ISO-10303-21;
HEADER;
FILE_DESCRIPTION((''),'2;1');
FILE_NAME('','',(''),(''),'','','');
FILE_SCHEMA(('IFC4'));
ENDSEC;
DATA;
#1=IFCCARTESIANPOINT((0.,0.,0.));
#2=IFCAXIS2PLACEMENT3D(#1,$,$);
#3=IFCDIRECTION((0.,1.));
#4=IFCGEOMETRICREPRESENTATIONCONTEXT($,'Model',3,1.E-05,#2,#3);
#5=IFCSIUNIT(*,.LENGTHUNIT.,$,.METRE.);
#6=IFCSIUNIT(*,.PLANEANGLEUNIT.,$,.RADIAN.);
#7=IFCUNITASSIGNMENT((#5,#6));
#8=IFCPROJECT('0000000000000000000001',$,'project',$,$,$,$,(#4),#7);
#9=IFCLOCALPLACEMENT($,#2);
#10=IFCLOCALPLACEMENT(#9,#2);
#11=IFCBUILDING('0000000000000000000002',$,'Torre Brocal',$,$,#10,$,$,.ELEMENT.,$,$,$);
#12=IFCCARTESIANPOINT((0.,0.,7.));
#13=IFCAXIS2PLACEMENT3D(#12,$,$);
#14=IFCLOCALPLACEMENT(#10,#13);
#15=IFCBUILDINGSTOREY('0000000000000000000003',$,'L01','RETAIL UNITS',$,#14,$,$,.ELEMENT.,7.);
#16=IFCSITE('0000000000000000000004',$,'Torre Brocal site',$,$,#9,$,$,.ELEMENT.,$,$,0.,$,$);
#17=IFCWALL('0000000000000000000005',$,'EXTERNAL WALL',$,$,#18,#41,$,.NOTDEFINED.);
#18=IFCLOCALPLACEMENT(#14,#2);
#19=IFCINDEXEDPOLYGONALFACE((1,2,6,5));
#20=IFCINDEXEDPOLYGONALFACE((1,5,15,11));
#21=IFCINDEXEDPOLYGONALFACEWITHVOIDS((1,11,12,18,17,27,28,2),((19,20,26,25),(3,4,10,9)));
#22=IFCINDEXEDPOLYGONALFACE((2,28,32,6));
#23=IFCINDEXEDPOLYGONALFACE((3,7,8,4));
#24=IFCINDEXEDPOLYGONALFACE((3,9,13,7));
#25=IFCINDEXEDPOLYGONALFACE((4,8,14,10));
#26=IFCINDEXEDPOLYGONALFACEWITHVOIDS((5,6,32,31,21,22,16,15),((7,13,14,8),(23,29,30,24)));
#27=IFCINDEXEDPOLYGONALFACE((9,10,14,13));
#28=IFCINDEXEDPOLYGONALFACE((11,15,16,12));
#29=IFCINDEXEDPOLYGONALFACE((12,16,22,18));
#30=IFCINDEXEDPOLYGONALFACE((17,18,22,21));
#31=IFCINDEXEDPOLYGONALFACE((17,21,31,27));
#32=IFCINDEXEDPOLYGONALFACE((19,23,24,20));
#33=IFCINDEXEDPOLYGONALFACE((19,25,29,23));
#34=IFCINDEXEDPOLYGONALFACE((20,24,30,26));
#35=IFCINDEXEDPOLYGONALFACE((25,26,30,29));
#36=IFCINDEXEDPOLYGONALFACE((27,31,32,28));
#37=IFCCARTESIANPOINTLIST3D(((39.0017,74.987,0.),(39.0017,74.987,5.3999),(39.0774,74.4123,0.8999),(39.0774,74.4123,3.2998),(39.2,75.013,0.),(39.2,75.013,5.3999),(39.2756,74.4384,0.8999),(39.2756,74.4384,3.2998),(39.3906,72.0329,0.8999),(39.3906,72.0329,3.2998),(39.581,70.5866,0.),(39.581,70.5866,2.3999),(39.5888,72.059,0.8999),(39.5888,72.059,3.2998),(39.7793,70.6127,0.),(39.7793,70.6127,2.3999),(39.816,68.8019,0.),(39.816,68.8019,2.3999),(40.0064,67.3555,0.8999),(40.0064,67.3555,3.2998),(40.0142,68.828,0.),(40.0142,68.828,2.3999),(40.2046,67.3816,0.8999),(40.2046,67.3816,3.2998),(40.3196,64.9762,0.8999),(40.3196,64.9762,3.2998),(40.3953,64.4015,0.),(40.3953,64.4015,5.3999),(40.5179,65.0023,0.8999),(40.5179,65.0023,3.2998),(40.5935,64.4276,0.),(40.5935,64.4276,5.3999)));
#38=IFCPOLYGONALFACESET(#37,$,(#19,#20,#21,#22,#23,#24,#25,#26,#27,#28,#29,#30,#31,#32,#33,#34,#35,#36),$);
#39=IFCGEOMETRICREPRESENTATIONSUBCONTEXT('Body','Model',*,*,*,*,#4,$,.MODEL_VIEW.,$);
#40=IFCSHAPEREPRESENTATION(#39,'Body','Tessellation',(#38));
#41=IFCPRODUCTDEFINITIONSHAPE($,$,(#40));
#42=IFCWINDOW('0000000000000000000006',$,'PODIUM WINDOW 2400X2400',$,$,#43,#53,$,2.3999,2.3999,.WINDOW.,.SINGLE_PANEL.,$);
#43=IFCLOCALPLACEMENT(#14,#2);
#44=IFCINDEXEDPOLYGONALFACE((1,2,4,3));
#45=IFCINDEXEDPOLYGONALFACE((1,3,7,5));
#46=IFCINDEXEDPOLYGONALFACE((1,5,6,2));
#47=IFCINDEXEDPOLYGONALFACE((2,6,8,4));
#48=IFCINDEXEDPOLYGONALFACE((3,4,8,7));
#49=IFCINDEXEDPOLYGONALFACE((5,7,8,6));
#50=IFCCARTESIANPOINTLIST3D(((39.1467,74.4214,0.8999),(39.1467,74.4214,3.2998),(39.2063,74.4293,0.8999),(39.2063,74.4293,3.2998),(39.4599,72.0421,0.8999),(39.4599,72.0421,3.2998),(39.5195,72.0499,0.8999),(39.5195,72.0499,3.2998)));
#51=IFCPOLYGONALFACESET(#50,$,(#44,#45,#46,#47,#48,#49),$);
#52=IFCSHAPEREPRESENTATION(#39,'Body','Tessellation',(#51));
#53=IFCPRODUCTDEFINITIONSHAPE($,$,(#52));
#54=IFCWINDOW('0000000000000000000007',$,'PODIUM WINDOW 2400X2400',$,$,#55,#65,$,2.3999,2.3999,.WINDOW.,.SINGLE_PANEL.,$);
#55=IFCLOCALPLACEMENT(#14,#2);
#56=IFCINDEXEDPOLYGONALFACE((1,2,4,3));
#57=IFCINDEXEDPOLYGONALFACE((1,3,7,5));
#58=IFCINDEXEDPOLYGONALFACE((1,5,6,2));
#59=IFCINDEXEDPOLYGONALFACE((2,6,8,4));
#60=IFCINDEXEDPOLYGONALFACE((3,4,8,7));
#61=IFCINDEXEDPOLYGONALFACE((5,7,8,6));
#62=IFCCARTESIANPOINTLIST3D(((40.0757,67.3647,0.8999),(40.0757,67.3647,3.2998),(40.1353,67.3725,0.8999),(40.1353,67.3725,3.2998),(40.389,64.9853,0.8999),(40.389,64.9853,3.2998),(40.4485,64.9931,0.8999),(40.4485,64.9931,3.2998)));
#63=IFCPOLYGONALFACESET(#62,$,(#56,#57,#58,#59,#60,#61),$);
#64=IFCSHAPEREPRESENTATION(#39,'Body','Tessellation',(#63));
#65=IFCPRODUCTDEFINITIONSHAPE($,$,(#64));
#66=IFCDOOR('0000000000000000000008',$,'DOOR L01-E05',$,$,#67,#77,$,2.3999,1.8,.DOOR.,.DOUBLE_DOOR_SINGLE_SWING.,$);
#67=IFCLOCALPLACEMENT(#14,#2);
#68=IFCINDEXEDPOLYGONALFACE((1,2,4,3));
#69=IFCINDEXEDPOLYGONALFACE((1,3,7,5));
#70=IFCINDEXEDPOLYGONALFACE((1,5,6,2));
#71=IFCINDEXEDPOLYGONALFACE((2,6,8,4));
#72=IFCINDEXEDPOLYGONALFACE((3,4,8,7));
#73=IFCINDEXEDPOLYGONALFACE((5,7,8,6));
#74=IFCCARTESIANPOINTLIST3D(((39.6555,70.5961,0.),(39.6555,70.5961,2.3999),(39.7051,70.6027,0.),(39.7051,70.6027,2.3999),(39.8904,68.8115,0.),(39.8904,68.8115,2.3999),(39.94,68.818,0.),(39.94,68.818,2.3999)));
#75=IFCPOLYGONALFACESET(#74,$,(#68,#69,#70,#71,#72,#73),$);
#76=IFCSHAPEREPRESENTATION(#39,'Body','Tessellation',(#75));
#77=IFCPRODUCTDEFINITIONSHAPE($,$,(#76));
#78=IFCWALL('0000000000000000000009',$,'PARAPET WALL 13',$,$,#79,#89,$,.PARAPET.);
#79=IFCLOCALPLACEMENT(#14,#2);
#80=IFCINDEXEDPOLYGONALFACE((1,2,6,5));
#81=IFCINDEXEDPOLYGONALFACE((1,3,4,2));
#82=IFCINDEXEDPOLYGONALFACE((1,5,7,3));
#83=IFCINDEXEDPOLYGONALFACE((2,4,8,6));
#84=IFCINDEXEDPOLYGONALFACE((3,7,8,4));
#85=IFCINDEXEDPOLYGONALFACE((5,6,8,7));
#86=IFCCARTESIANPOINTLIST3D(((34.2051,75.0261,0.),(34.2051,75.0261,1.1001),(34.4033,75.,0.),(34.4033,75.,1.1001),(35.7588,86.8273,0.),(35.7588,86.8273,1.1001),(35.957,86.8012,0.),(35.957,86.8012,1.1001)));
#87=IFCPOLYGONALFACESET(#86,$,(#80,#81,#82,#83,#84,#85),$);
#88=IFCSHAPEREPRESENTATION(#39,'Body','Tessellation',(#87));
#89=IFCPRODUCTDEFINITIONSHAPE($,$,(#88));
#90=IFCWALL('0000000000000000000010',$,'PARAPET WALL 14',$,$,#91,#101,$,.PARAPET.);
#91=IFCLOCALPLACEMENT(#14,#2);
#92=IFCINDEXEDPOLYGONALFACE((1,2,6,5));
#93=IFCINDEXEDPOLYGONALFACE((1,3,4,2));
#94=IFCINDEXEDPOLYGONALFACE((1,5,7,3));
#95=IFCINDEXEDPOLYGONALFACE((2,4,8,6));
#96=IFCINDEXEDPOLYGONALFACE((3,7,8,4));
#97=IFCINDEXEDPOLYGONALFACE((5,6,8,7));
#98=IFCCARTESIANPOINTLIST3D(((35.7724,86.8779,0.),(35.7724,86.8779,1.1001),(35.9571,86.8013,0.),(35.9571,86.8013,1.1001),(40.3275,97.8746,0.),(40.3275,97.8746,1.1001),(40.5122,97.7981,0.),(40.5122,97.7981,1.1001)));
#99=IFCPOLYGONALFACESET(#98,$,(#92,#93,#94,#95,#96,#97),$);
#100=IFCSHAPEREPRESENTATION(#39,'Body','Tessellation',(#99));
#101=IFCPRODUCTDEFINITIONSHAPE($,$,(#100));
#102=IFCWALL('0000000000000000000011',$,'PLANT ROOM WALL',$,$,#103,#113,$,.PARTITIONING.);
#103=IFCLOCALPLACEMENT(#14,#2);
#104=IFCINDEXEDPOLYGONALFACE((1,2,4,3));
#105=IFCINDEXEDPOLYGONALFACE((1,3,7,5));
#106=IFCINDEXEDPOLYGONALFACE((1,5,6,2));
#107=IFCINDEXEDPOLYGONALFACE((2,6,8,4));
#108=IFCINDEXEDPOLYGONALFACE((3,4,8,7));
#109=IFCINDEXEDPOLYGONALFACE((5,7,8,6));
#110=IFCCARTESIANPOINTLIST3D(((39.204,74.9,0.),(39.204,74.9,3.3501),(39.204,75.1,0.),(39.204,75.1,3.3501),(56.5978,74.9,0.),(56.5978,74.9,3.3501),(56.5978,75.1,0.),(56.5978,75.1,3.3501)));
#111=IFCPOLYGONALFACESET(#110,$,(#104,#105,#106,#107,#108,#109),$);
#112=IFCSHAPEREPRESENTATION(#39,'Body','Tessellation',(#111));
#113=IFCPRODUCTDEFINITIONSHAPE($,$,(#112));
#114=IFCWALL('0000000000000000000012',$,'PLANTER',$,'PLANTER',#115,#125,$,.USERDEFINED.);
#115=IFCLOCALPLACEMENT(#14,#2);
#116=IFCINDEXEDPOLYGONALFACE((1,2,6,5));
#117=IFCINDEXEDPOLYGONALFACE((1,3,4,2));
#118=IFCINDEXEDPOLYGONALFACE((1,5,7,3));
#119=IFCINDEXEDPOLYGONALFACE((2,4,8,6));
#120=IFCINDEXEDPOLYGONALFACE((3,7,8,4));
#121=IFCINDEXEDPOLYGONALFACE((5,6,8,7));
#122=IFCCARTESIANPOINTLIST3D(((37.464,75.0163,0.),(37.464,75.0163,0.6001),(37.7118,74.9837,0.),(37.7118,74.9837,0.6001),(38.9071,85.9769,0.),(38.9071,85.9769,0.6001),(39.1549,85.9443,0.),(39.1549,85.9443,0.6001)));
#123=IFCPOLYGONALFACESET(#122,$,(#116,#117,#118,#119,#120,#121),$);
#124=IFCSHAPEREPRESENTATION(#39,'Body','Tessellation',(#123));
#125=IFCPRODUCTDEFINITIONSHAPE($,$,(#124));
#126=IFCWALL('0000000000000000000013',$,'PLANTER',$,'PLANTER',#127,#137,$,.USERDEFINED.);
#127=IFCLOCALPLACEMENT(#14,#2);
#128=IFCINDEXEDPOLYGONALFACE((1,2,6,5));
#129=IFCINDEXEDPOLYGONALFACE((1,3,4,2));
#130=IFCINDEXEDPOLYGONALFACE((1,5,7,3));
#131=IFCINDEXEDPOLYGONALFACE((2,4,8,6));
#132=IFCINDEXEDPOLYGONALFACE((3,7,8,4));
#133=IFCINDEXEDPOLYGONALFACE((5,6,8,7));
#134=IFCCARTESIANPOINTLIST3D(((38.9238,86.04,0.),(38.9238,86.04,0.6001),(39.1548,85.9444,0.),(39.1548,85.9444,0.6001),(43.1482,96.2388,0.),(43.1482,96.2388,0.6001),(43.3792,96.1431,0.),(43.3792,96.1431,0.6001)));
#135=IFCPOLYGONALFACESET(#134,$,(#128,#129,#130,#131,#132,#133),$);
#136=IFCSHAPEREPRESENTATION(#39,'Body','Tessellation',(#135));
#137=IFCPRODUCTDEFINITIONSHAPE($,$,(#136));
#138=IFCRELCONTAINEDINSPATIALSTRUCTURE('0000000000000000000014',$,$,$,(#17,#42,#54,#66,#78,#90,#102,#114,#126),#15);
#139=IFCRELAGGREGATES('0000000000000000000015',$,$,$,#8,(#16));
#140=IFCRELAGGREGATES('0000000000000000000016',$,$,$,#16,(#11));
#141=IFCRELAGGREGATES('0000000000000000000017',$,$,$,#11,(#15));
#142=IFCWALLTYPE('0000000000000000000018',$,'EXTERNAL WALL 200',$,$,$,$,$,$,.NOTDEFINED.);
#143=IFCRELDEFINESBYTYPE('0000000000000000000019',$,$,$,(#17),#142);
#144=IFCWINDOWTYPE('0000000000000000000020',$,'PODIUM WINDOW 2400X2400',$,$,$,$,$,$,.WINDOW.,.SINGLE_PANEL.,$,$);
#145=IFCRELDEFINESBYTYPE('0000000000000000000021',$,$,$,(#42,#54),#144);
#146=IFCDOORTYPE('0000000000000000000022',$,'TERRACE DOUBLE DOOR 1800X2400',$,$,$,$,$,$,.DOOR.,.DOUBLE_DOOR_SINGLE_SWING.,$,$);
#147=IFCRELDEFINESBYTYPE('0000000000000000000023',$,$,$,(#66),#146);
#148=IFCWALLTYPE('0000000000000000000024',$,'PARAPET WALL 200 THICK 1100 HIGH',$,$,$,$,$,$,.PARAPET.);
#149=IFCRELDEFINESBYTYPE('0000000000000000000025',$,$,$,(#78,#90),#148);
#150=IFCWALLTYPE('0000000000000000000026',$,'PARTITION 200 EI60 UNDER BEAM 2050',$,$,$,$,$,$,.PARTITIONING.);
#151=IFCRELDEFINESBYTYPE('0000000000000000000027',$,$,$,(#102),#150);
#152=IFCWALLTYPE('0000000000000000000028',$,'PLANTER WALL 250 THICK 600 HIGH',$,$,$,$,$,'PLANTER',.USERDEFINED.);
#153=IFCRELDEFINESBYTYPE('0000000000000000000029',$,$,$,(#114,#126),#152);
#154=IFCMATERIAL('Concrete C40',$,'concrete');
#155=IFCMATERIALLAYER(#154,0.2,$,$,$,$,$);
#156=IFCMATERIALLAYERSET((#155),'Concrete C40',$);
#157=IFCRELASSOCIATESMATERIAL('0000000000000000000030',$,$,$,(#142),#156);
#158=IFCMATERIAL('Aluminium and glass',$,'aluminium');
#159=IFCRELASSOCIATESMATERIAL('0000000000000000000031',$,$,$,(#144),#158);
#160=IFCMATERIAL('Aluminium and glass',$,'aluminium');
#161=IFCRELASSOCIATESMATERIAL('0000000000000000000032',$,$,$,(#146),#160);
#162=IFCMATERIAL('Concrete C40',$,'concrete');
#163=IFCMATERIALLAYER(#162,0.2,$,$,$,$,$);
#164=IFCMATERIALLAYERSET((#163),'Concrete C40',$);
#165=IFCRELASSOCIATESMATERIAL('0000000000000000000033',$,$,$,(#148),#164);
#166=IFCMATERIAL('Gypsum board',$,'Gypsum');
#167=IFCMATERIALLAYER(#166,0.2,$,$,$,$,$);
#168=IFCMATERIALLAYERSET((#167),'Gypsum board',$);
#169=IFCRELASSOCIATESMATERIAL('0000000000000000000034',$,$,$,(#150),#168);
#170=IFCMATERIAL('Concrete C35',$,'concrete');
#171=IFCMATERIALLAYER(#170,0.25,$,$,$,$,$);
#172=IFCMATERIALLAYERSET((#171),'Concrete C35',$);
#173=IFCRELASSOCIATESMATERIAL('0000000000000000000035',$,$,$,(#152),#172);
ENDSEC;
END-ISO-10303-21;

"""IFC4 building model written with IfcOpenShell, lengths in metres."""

from ifc_helpers import new_model, si_unit, direction, frame, frame_2d, origin, place, context, subcontext, project, spatial, rectangle, extrude, material, layer, layer_set, type_object, element, fill, save


model = new_model("IFC4")

# Units and contexts
model_context = context("Model", 3, precision=1e-05, world=origin(), true_north=direction((0.0, 1.0)))
body_context = subcontext(model_context, "Body", "Model", "MODEL_VIEW")
ifc_project = project(units=[si_unit("LENGTHUNIT", "METRE"), si_unit("PLANEANGLEUNIT", "RADIAN")], contexts=[model_context])

# Site, building, storey
site_placement = place(None, origin())
site = spatial("IfcSite", under=ifc_project, at=site_placement, Name="Torre Brocal site", CompositionType="ELEMENT", RefElevation=0.0)
building_placement = place(site_placement, origin())
building = spatial("IfcBuilding", under=site, at=building_placement, Name="Torre Brocal", CompositionType="ELEMENT")
storey_placement = place(building_placement, frame((0.0, 0.0, 7.0)))
storey = spatial("IfcBuildingStorey", under=building, at=storey_placement, Name="L01", Description="RETAIL UNITS", CompositionType="ELEMENT", Elevation=7.0)

# Wall, openings, windows, door
ifc_material_1 = material(Name="Concrete C40", Category="concrete")
ifc_layer_1 = layer(ifc_material_1, 0.2)
ifc_layer_set_1 = layer_set([ifc_layer_1], Name="Concrete C40")
wall_type_1 = type_object("IfcWallType", Name="EXTERNAL WALL 200", PredefinedType="NOTDEFINED", material=ifc_layer_set_1)
wall_1_placement = place(storey_placement, frame((39.1008, 75.0, 0.0), z_axis=(0.0, 0.0, 1.0), x_axis=(0.130522, -0.991445, 0.0)))
wall_1 = element("IfcWall", 1, at=wall_1_placement, inside=storey, type_object=wall_type_1, Name="EXTERNAL WALL", PredefinedType="NOTDEFINED", context=body_context, shape_type="SweptSolid", body=[
    extrude(rectangle(XDim=10.6768, YDim=0.2, at=frame_2d((5.3384, 0.0))), origin(), (0.0, 0.0, 1.0), 5.3999),
])
opening_1_placement = place(wall_1_placement, frame((0.5796, 0.0, 0.8999)))
opening_1 = element("IfcOpeningElement", 2, at=opening_1_placement, cuts=wall_1, PredefinedType="OPENING", context=body_context, shape_type="SweptSolid", body=[
    extrude(rectangle(XDim=2.3999, YDim=2.3999, at=frame_2d((1.2, 1.2))), frame((0.0, 0.1099, 0.0), z_axis=(0.0, -1.0, 0.0), x_axis=(1.0, 0.0, 0.0)), (0.0, 0.0, 1.0), 0.22),
])
opening_2_placement = place(wall_1_placement, frame((4.4385, 0.0, 0.0)))
opening_2 = element("IfcOpeningElement", 3, at=opening_2_placement, cuts=wall_1, PredefinedType="OPENING", context=body_context, shape_type="SweptSolid", body=[
    extrude(rectangle(XDim=1.8, YDim=2.3999, at=frame_2d((0.8999, 1.2))), frame((0.0, 0.1099, 0.0), z_axis=(0.0, -1.0, 0.0), x_axis=(1.0, 0.0, 0.0)), (0.0, 0.0, 1.0), 0.22),
])
opening_3_placement = place(wall_1_placement, frame((7.6973, 0.0, 0.8999)))
opening_3 = element("IfcOpeningElement", 4, at=opening_3_placement, cuts=wall_1, PredefinedType="OPENING", context=body_context, shape_type="SweptSolid", body=[
    extrude(rectangle(XDim=2.3999, YDim=2.3999, at=frame_2d((1.2, 1.2))), frame((0.0, 0.1099, 0.0), z_axis=(0.0, -1.0, 0.0), x_axis=(1.0, 0.0, 0.0)), (0.0, 0.0, 1.0), 0.22),
])
ifc_material_2 = material(Name="Aluminium and glass", Category="aluminium")
window_type = type_object("IfcWindowType", Name="PODIUM WINDOW 2400X2400", PartitioningType="SINGLE_PANEL", PredefinedType="WINDOW", material=ifc_material_2)
window_1_placement = place(opening_1_placement, origin())
window_1 = element("IfcWindow", 5, at=window_1_placement, inside=storey, type_object=window_type, Name="PODIUM WINDOW 2400X2400", OverallHeight=2.3999, OverallWidth=2.3999, PartitioningType="SINGLE_PANEL", PredefinedType="WINDOW", context=body_context, shape_type="SweptSolid", body=[
    extrude(rectangle(XDim=2.3999, YDim=2.3999, at=frame_2d((1.2, 1.2))), frame((0.0, 0.03, 0.0), z_axis=(0.0, -1.0, 0.0), x_axis=(1.0, 0.0, 0.0)), (0.0, 0.0, 1.0), 0.0601),
])
fill(opening_1, window_1)
window_2_placement = place(opening_3_placement, origin())
window_2 = element("IfcWindow", 6, at=window_2_placement, inside=storey, type_object=window_type, Name="PODIUM WINDOW 2400X2400", OverallHeight=2.3999, OverallWidth=2.3999, PartitioningType="SINGLE_PANEL", PredefinedType="WINDOW", context=body_context, shape_type="SweptSolid", body=[
    extrude(rectangle(XDim=2.3999, YDim=2.3999, at=frame_2d((1.2, 1.2))), frame((0.0, 0.03, 0.0), z_axis=(0.0, -1.0, 0.0), x_axis=(1.0, 0.0, 0.0)), (0.0, 0.0, 1.0), 0.0601),
])
fill(opening_3, window_2)
ifc_material_3 = material(Name="Aluminium and glass", Category="aluminium")
door_type = type_object("IfcDoorType", Name="TERRACE DOUBLE DOOR 1800X2400", OperationType="DOUBLE_DOOR_SINGLE_SWING", PredefinedType="DOOR", material=ifc_material_3)
door_placement = place(opening_2_placement, frame((1.8, 0.0, 0.0), z_axis=(0.0, 0.0, 1.0), x_axis=(-1.0, 0.0, 0.0)))
door = element("IfcDoor", 7, at=door_placement, inside=storey, type_object=door_type, Name="DOOR L01-E05", OperationType="DOUBLE_DOOR_SINGLE_SWING", OverallHeight=2.3999, OverallWidth=1.8, PredefinedType="DOOR", context=body_context, shape_type="SweptSolid", body=[
    extrude(rectangle(XDim=1.8, YDim=2.3999, at=frame_2d((0.8999, 1.2))), frame((0.0, 0.0249, 0.0), z_axis=(0.0, -1.0, 0.0), x_axis=(1.0, 0.0, 0.0)), (0.0, 0.0, 1.0), 0.05),
])
fill(opening_2, door)

# Walls
ifc_material_4 = material(Name="Concrete C40", Category="concrete")
ifc_layer_2 = layer(ifc_material_4, 0.2)
ifc_layer_set_2 = layer_set([ifc_layer_2], Name="Concrete C40")
wall_type_2 = type_object("IfcWallType", Name="PARAPET WALL 200 THICK 1100 HIGH", PredefinedType="PARAPET", material=ifc_layer_set_2)
wall_2_placement = place(storey_placement, frame((34.3042, 75.0129, 0.0), z_axis=(0.0, 0.0, 1.0), x_axis=(0.13053, 0.991444, 0.0)))
element("IfcWall", 8, at=wall_2_placement, inside=storey, type_object=wall_type_2, Name="PARAPET WALL 13", PredefinedType="PARAPET", context=body_context, shape_type="SweptSolid", body=[
    extrude(rectangle(XDim=11.9031, YDim=0.2, at=frame_2d((5.9517, 0.0))), origin(), (0.0, 0.0, 1.0), 1.1001),
])
wall_3_placement = place(storey_placement, frame((35.8647, 86.8396, 0.0), z_axis=(0.0, 0.0, 1.0), x_axis=(0.382694, 0.923875, 0.0)))
element("IfcWall", 9, at=wall_3_placement, inside=storey, type_object=wall_type_2, Name="PARAPET WALL 14", PredefinedType="PARAPET", context=body_context, shape_type="SweptSolid", body=[
    extrude(rectangle(XDim=11.9028, YDim=0.2, at=frame_2d((5.9514, 0.0))), origin(), (0.0, 0.0, 1.0), 1.1001),
])
ifc_material_5 = material(Name="Gypsum board", Category="Gypsum")
ifc_layer_3 = layer(ifc_material_5, 0.2)
ifc_layer_set_3 = layer_set([ifc_layer_3], Name="Gypsum board")
wall_type_3 = type_object("IfcWallType", Name="PARTITION 200 EI60 UNDER BEAM 2050", PredefinedType="PARTITIONING", material=ifc_layer_set_3)
wall_4_placement = place(storey_placement, frame((39.2041, 75.0, 0.0), z_axis=(0.0, 0.0, 1.0), x_axis=(1.0, 0.0, 0.0)))
element("IfcWall", 10, at=wall_4_placement, inside=storey, type_object=wall_type_3, Name="PLANT ROOM WALL", PredefinedType="PARTITIONING", context=body_context, shape_type="SweptSolid", body=[
    extrude(rectangle(XDim=17.3938, YDim=0.2, at=frame_2d((8.6968, 0.0))), origin(), (0.0, 0.0, 1.0), 3.3501),
])
ifc_material_6 = material(Name="Concrete C35", Category="concrete")
ifc_layer_4 = layer(ifc_material_6, 0.25)
ifc_layer_set_4 = layer_set([ifc_layer_4], Name="Concrete C35")
wall_type_4 = type_object("IfcWallType", Name="PLANTER WALL 250 THICK 600 HIGH", ElementType="PLANTER", PredefinedType="USERDEFINED", material=ifc_layer_set_4)
wall_5_placement = place(storey_placement, frame((37.5879, 75.0, 0.0), z_axis=(0.0, 0.0, 1.0), x_axis=(0.130536, 0.991444, 0.0)))
element("IfcWall", 11, at=wall_5_placement, inside=storey, type_object=wall_type_4, Name="PLANTER", ObjectType="PLANTER", PredefinedType="USERDEFINED", context=body_context, shape_type="SweptSolid", body=[
    extrude(rectangle(XDim=11.0552, YDim=0.25, at=frame_2d((5.5276, 0.0))), origin(), (0.0, 0.0, 1.0), 0.6001),
])
wall_6_placement = place(storey_placement, frame((39.0393, 85.9922, 0.0), z_axis=(0.0, 0.0, 1.0), x_axis=(0.382677, 0.923882, 0.0)))
element("IfcWall", 12, at=wall_6_placement, inside=storey, type_object=wall_type_4, Name="PLANTER", ObjectType="PLANTER", PredefinedType="USERDEFINED", context=body_context, shape_type="SweptSolid", body=[
    extrude(rectangle(XDim=11.0391, YDim=0.25, at=frame_2d((5.5195, 0.0))), origin(), (0.0, 0.0, 1.0), 0.6001),
])

save(model, "model.ifc")
